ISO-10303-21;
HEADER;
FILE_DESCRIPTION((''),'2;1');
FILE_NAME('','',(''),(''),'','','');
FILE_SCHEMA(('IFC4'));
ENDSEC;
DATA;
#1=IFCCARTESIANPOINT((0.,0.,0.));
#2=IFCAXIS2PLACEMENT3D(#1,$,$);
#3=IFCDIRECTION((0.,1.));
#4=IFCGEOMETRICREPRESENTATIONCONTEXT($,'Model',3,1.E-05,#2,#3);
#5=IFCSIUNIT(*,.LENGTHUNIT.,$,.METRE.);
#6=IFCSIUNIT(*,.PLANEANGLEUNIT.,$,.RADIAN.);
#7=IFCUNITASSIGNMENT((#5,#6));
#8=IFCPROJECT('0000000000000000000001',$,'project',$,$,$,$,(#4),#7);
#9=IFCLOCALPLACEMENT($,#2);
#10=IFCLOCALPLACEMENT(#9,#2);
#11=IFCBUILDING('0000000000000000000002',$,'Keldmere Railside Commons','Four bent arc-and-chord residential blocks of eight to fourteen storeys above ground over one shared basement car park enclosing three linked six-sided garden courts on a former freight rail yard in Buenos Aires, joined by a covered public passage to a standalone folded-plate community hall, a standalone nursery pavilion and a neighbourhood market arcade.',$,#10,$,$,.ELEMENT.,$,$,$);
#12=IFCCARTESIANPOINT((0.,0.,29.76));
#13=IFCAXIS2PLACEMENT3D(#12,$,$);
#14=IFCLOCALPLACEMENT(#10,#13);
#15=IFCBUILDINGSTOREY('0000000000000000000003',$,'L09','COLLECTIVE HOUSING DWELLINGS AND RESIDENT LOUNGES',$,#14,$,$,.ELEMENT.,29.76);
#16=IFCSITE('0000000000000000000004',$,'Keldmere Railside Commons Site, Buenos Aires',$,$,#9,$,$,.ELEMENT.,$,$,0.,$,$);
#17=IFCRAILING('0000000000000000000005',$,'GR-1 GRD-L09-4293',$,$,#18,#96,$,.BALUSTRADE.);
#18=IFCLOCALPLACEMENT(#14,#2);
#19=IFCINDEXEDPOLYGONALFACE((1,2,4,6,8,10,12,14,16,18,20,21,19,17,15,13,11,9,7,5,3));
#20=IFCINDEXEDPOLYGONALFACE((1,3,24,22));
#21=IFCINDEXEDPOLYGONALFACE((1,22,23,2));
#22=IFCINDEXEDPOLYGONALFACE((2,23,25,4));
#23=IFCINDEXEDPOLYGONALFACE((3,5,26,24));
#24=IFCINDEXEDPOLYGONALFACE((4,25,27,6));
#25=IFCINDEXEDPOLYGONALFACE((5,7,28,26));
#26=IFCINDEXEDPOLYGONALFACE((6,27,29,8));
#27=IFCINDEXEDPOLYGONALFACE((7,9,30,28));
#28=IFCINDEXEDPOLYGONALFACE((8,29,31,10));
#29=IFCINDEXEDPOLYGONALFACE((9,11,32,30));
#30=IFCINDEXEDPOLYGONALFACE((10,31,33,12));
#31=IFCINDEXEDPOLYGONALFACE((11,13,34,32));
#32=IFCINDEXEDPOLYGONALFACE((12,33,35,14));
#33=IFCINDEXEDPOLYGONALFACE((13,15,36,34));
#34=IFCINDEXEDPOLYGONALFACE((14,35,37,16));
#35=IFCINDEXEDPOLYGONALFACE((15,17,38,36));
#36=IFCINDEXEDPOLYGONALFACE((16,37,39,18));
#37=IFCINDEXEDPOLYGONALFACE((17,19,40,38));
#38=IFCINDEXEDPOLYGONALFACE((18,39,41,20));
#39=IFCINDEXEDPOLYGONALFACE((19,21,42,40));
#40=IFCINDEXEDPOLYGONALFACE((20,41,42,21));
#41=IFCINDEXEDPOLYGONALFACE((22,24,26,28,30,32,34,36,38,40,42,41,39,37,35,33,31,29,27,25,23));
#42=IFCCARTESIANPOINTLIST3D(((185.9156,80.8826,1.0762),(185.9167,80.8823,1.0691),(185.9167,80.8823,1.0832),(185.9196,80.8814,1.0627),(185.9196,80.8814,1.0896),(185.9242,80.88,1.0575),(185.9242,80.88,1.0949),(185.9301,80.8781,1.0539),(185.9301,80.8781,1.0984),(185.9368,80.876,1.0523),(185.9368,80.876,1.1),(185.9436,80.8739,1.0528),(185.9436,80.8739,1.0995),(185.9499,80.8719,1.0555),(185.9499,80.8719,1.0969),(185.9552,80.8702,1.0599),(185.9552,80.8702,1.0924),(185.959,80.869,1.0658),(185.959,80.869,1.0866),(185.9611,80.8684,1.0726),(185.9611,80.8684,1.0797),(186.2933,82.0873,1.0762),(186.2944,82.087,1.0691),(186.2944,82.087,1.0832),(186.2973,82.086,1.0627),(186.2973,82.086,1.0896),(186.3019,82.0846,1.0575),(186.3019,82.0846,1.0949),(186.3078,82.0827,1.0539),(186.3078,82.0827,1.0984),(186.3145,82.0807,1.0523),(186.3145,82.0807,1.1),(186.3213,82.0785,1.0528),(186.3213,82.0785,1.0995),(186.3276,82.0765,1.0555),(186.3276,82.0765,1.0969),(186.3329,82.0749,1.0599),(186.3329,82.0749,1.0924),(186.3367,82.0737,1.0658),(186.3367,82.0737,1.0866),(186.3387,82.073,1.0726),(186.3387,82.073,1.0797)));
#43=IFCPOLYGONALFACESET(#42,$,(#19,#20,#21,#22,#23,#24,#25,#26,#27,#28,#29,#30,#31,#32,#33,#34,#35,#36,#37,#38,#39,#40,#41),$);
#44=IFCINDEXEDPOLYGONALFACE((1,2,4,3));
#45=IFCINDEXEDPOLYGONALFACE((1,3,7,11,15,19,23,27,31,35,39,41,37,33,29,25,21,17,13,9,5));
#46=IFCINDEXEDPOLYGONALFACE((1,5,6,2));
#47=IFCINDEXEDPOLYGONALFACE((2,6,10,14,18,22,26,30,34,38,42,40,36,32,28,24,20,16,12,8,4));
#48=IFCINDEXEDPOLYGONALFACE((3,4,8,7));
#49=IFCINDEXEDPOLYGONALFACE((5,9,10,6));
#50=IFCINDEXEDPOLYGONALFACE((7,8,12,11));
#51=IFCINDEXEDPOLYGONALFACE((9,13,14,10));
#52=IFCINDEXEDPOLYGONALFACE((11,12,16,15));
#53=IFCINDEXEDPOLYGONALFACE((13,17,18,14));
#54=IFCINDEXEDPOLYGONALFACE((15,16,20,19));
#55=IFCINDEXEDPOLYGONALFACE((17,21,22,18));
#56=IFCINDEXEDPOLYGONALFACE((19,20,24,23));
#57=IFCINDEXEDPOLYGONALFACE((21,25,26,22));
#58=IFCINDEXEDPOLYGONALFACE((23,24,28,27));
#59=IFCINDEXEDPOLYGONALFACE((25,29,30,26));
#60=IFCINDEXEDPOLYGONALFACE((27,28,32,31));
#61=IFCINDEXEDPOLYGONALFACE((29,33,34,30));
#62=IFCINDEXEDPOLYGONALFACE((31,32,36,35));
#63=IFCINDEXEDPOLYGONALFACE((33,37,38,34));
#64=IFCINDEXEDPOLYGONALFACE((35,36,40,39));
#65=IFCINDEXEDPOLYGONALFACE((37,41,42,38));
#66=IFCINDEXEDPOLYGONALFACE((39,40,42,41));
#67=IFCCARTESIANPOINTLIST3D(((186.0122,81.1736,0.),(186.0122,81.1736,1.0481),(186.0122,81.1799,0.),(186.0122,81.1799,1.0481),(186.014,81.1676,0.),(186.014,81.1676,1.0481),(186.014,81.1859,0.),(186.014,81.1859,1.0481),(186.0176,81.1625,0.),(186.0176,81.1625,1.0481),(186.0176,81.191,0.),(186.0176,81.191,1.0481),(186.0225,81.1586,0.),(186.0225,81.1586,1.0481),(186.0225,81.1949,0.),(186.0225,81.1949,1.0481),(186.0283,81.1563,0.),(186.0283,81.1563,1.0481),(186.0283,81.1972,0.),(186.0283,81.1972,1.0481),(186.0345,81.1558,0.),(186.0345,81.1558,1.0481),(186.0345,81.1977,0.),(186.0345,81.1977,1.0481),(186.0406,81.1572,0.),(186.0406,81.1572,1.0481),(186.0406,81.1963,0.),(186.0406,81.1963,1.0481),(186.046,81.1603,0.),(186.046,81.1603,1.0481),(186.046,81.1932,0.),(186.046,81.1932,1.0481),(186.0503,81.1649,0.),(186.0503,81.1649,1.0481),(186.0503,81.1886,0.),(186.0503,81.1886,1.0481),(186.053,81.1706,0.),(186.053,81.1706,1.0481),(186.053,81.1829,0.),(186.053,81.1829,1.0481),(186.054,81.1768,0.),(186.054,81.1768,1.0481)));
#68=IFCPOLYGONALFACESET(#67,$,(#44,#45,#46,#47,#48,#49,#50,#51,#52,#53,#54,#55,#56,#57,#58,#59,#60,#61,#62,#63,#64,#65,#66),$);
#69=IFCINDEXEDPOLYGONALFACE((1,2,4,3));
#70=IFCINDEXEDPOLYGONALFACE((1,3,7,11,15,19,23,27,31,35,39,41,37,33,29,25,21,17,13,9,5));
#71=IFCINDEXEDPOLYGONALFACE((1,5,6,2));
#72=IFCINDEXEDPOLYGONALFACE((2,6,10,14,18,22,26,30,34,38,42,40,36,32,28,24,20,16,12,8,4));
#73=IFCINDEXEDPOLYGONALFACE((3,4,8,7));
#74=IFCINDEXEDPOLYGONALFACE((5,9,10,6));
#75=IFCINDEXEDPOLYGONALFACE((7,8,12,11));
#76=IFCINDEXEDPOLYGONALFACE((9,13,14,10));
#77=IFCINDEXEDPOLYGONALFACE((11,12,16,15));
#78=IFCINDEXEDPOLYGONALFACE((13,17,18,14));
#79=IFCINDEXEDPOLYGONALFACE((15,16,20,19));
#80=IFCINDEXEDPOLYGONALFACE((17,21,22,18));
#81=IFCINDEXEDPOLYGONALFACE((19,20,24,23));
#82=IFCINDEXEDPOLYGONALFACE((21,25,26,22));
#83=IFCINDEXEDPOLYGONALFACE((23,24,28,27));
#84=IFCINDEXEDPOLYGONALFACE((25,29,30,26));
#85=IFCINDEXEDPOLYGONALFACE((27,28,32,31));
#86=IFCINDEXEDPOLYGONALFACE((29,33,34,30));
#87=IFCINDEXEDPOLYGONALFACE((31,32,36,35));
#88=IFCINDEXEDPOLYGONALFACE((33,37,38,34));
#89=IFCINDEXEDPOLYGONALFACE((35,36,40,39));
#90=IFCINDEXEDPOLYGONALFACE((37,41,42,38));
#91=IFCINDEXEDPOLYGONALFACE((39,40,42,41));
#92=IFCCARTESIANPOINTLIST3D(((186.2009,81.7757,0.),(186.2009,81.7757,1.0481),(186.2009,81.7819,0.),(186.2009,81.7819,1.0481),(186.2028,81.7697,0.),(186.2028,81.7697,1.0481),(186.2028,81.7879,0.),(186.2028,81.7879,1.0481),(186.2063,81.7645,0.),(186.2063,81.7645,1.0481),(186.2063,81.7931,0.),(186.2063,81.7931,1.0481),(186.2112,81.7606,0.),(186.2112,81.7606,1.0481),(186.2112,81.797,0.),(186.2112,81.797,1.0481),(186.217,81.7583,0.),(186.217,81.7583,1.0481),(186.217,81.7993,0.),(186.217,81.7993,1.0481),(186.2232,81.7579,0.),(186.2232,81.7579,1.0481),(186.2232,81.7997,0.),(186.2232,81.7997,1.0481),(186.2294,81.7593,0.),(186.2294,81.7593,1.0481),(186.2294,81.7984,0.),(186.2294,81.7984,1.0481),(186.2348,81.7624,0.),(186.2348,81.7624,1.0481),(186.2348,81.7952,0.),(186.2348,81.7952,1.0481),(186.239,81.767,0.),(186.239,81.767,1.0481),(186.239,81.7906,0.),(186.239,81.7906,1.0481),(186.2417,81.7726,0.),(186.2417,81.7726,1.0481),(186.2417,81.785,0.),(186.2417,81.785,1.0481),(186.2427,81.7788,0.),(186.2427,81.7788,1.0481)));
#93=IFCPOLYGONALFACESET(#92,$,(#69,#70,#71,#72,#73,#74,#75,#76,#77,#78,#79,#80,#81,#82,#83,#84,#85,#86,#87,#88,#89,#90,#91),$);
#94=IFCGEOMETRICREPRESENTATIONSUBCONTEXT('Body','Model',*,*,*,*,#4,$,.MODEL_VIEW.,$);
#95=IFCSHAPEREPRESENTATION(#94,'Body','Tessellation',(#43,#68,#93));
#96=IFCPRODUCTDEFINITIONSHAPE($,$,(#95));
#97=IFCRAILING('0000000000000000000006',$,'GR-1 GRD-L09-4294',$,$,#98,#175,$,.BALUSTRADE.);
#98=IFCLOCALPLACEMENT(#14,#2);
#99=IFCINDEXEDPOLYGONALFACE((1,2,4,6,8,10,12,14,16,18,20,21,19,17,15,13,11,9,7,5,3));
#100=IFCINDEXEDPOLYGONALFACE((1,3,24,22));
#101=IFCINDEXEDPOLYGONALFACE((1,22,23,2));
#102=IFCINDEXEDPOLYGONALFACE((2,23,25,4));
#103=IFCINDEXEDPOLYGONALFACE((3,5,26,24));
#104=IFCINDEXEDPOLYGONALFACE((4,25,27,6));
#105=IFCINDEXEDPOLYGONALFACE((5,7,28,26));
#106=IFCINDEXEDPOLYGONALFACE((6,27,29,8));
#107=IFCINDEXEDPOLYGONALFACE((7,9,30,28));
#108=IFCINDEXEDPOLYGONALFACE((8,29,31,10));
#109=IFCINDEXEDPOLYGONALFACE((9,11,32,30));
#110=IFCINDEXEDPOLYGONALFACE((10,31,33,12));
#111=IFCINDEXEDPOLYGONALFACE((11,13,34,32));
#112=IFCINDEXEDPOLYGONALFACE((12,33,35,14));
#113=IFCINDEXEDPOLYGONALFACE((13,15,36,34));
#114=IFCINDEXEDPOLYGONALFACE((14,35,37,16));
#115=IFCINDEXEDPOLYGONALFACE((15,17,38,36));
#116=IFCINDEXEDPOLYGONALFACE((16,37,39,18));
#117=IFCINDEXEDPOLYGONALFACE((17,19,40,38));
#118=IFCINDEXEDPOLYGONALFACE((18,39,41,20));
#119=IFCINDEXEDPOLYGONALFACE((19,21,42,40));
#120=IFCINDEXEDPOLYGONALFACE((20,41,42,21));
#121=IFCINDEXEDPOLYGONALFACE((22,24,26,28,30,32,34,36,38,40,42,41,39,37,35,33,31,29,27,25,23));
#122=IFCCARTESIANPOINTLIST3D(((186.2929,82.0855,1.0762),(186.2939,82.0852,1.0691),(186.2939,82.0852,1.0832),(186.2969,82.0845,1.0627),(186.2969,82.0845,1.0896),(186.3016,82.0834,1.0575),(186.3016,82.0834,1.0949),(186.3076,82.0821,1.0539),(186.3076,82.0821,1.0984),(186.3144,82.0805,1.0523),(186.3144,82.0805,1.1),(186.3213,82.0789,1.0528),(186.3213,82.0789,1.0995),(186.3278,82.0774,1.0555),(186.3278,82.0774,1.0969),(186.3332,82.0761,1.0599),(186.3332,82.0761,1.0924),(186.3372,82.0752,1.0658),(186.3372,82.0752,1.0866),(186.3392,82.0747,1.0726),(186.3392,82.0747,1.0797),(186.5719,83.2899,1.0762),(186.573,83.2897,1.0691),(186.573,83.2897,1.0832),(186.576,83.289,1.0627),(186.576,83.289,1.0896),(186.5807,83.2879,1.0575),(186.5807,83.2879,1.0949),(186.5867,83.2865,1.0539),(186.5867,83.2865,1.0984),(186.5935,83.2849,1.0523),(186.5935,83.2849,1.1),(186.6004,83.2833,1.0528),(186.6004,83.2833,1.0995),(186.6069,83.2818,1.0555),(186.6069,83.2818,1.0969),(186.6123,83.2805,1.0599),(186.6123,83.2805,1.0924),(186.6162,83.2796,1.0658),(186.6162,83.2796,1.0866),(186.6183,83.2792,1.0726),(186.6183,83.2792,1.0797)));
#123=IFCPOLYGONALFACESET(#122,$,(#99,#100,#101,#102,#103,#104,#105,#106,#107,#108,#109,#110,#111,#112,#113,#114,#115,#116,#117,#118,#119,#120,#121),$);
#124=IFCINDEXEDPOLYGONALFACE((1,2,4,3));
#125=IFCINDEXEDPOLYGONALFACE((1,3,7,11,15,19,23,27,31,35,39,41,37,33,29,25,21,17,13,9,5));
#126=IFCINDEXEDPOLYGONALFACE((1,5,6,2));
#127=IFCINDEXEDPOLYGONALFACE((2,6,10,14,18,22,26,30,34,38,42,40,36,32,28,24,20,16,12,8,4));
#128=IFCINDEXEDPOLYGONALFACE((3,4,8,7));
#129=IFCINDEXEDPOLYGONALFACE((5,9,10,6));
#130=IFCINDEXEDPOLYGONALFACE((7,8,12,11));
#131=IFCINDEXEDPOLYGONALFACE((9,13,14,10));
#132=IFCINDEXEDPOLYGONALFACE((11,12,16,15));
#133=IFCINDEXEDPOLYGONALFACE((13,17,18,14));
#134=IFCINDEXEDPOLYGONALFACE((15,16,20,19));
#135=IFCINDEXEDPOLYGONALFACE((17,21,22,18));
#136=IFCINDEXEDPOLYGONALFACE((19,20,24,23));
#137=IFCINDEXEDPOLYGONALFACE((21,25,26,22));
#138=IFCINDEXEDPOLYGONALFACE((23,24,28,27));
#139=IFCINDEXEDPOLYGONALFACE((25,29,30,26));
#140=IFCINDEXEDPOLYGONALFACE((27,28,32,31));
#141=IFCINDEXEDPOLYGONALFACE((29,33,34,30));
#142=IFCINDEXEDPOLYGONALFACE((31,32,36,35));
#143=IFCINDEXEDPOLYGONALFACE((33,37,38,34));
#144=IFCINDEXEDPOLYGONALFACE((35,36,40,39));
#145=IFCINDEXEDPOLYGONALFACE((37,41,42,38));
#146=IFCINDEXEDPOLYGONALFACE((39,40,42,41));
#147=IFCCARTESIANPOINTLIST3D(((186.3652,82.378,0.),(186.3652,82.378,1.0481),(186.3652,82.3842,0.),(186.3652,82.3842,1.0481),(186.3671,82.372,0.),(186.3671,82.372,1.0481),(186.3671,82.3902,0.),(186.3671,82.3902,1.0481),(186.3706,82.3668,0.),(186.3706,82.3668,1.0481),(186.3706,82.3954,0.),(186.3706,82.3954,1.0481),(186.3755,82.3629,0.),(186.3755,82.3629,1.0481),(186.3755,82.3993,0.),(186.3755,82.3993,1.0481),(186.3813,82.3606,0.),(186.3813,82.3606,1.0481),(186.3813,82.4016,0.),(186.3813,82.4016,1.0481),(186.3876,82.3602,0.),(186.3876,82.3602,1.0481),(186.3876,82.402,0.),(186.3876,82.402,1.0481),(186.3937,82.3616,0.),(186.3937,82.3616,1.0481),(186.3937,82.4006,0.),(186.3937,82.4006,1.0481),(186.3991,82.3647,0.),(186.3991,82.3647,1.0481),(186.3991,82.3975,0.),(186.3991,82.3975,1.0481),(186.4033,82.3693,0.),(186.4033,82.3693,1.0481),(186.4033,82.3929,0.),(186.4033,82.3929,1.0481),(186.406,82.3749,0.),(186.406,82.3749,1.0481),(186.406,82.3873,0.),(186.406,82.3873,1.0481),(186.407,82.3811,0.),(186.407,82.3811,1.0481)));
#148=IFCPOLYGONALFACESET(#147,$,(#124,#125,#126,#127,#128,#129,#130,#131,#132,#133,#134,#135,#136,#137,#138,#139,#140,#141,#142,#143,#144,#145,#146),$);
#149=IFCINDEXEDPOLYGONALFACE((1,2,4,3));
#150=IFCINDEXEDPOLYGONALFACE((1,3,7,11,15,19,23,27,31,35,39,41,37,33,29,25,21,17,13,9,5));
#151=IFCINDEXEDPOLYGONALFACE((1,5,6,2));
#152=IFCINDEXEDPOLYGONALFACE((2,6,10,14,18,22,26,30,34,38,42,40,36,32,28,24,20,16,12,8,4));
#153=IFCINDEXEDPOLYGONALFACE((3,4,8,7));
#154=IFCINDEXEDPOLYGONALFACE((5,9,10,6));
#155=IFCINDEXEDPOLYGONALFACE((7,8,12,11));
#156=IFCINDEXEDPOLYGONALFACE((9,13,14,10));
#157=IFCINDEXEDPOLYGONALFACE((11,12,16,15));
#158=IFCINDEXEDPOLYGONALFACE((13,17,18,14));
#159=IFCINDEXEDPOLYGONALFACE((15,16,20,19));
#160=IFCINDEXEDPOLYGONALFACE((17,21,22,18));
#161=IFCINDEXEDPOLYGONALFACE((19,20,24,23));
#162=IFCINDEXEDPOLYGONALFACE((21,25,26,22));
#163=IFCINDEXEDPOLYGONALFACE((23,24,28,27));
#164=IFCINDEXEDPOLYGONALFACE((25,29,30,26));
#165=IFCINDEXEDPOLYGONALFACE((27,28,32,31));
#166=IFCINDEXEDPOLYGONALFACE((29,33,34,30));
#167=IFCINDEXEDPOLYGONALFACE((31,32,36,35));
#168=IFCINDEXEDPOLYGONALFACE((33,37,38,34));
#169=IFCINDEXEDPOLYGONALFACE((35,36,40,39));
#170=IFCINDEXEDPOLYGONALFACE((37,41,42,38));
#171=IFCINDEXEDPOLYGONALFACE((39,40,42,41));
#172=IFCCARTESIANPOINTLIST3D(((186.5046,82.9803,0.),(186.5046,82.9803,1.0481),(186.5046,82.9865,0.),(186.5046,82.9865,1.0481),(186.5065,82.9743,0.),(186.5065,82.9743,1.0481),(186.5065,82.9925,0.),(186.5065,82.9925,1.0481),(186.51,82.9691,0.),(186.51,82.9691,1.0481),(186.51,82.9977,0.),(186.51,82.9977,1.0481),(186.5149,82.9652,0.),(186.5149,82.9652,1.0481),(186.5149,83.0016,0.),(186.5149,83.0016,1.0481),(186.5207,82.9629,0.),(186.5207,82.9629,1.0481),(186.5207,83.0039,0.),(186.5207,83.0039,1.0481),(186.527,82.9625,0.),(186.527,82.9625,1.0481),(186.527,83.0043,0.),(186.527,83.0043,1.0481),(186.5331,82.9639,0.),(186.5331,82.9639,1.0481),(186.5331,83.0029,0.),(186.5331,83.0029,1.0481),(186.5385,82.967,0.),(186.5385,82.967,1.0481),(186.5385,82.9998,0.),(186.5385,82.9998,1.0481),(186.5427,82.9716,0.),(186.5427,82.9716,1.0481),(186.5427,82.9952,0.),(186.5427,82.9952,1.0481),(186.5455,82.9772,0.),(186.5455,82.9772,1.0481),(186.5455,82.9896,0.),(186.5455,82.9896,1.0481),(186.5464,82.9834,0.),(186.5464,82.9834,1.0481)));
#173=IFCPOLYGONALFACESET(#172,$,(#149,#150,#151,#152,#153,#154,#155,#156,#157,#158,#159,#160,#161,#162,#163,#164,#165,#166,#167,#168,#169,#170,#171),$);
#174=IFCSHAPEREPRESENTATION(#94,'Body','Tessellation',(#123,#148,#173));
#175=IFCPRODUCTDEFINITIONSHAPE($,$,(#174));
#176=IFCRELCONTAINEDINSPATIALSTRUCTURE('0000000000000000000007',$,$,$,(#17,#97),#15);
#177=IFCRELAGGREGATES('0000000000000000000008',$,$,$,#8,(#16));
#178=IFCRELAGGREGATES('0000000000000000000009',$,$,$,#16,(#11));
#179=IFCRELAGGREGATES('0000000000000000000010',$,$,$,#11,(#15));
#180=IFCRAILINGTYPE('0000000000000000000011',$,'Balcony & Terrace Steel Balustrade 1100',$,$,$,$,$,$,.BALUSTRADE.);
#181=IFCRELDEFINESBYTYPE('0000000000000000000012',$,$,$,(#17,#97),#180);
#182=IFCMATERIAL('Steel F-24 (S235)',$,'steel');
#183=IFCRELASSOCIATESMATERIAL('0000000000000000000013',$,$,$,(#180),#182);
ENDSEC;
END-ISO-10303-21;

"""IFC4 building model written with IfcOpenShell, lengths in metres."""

from ifc_helpers import new_model, si_unit, direction, frame, origin, origin_2d, place, context, subcontext, project, spatial, circle, extrude, material, type_object, element, save


model = new_model("IFC4")

# Units and contexts
model_context = context("Model", 3, precision=1e-05, world=origin(), true_north=direction((0.0, 1.0)))
body_context = subcontext(model_context, "Body", "Model", "MODEL_VIEW")
ifc_project = project(units=[si_unit("LENGTHUNIT", "METRE"), si_unit("PLANEANGLEUNIT", "RADIAN")], contexts=[model_context])

# Site, building, storey
site_placement = place(None, origin())
site = spatial("IfcSite", under=ifc_project, at=site_placement, Name="Keldmere Railside Commons Site, Buenos Aires", CompositionType="ELEMENT", RefElevation=0.0)
building_placement = place(site_placement, origin())
building = spatial("IfcBuilding", under=site, at=building_placement, Name="Keldmere Railside Commons", Description="Four bent arc-and-chord residential blocks of eight to fourteen storeys above ground over one shared basement car park enclosing three linked six-sided garden courts on a former freight rail yard in Buenos Aires, joined by a covered public passage to a standalone folded-plate community hall, a standalone nursery pavilion and a neighbourhood market arcade.", CompositionType="ELEMENT")
storey_placement = place(building_placement, frame((0.0, 0.0, 29.76)))
storey = spatial("IfcBuildingStorey", under=building, at=storey_placement, Name="L09", Description="COLLECTIVE HOUSING DWELLINGS AND RESIDENT LOUNGES", CompositionType="ELEMENT", Elevation=29.76)

# Railings
ifc_material_1 = material(Name="Steel F-24 (S235)", Category="steel")
railing_type = type_object("IfcRailingType", Name="Balcony & Terrace Steel Balustrade 1100", PredefinedType="BALUSTRADE", material=ifc_material_1)
railing_1_placement = place(storey_placement, frame((185.9385, 80.8755, 0.0)))
element("IfcRailing", 1, at=railing_1_placement, inside=storey, type_object=railing_type, Name="GR-1 GRD-L09-4293", PredefinedType="BALUSTRADE", context=body_context, shape_type="SweptSolid", body=[
    extrude(circle(Radius=0.0239, at=origin_2d()), frame((0.0, 0.0, 1.0762), z_axis=(0.299178, 0.954197, 0.0), x_axis=(-0.954197, 0.299178, 0.0)), (0.0, 0.0, 1.0), 1.2625),
    extrude(circle(Radius=0.021, at=origin_2d()), frame((0.0945, 0.3013, 0.0)), (0.0, 0.0, 1.0), 1.0481),
    extrude(circle(Radius=0.021, at=origin_2d()), frame((0.2832, 0.9033, 0.0)), (0.0, 0.0, 1.0), 1.0481),
])
railing_2_placement = place(storey_placement, frame((186.3162, 82.0801, 0.0)))
element("IfcRailing", 2, at=railing_2_placement, inside=storey, type_object=railing_type, Name="GR-1 GRD-L09-4294", PredefinedType="BALUSTRADE", context=body_context, shape_type="SweptSolid", body=[
    extrude(circle(Radius=0.0239, at=origin_2d()), frame((0.0, 0.0, 1.0762), z_axis=(0.225725, 0.974191, 0.0), x_axis=(-0.974191, 0.225725, 0.0)), (0.0, 0.0, 1.0), 1.2363),
    extrude(circle(Radius=0.021, at=origin_2d()), frame((0.0698, 0.301, 0.0)), (0.0, 0.0, 1.0), 1.0481),
    extrude(circle(Radius=0.021, at=origin_2d()), frame((0.2092, 0.9033, 0.0)), (0.0, 0.0, 1.0), 1.0481),
])

save(model, "model.ifc")
